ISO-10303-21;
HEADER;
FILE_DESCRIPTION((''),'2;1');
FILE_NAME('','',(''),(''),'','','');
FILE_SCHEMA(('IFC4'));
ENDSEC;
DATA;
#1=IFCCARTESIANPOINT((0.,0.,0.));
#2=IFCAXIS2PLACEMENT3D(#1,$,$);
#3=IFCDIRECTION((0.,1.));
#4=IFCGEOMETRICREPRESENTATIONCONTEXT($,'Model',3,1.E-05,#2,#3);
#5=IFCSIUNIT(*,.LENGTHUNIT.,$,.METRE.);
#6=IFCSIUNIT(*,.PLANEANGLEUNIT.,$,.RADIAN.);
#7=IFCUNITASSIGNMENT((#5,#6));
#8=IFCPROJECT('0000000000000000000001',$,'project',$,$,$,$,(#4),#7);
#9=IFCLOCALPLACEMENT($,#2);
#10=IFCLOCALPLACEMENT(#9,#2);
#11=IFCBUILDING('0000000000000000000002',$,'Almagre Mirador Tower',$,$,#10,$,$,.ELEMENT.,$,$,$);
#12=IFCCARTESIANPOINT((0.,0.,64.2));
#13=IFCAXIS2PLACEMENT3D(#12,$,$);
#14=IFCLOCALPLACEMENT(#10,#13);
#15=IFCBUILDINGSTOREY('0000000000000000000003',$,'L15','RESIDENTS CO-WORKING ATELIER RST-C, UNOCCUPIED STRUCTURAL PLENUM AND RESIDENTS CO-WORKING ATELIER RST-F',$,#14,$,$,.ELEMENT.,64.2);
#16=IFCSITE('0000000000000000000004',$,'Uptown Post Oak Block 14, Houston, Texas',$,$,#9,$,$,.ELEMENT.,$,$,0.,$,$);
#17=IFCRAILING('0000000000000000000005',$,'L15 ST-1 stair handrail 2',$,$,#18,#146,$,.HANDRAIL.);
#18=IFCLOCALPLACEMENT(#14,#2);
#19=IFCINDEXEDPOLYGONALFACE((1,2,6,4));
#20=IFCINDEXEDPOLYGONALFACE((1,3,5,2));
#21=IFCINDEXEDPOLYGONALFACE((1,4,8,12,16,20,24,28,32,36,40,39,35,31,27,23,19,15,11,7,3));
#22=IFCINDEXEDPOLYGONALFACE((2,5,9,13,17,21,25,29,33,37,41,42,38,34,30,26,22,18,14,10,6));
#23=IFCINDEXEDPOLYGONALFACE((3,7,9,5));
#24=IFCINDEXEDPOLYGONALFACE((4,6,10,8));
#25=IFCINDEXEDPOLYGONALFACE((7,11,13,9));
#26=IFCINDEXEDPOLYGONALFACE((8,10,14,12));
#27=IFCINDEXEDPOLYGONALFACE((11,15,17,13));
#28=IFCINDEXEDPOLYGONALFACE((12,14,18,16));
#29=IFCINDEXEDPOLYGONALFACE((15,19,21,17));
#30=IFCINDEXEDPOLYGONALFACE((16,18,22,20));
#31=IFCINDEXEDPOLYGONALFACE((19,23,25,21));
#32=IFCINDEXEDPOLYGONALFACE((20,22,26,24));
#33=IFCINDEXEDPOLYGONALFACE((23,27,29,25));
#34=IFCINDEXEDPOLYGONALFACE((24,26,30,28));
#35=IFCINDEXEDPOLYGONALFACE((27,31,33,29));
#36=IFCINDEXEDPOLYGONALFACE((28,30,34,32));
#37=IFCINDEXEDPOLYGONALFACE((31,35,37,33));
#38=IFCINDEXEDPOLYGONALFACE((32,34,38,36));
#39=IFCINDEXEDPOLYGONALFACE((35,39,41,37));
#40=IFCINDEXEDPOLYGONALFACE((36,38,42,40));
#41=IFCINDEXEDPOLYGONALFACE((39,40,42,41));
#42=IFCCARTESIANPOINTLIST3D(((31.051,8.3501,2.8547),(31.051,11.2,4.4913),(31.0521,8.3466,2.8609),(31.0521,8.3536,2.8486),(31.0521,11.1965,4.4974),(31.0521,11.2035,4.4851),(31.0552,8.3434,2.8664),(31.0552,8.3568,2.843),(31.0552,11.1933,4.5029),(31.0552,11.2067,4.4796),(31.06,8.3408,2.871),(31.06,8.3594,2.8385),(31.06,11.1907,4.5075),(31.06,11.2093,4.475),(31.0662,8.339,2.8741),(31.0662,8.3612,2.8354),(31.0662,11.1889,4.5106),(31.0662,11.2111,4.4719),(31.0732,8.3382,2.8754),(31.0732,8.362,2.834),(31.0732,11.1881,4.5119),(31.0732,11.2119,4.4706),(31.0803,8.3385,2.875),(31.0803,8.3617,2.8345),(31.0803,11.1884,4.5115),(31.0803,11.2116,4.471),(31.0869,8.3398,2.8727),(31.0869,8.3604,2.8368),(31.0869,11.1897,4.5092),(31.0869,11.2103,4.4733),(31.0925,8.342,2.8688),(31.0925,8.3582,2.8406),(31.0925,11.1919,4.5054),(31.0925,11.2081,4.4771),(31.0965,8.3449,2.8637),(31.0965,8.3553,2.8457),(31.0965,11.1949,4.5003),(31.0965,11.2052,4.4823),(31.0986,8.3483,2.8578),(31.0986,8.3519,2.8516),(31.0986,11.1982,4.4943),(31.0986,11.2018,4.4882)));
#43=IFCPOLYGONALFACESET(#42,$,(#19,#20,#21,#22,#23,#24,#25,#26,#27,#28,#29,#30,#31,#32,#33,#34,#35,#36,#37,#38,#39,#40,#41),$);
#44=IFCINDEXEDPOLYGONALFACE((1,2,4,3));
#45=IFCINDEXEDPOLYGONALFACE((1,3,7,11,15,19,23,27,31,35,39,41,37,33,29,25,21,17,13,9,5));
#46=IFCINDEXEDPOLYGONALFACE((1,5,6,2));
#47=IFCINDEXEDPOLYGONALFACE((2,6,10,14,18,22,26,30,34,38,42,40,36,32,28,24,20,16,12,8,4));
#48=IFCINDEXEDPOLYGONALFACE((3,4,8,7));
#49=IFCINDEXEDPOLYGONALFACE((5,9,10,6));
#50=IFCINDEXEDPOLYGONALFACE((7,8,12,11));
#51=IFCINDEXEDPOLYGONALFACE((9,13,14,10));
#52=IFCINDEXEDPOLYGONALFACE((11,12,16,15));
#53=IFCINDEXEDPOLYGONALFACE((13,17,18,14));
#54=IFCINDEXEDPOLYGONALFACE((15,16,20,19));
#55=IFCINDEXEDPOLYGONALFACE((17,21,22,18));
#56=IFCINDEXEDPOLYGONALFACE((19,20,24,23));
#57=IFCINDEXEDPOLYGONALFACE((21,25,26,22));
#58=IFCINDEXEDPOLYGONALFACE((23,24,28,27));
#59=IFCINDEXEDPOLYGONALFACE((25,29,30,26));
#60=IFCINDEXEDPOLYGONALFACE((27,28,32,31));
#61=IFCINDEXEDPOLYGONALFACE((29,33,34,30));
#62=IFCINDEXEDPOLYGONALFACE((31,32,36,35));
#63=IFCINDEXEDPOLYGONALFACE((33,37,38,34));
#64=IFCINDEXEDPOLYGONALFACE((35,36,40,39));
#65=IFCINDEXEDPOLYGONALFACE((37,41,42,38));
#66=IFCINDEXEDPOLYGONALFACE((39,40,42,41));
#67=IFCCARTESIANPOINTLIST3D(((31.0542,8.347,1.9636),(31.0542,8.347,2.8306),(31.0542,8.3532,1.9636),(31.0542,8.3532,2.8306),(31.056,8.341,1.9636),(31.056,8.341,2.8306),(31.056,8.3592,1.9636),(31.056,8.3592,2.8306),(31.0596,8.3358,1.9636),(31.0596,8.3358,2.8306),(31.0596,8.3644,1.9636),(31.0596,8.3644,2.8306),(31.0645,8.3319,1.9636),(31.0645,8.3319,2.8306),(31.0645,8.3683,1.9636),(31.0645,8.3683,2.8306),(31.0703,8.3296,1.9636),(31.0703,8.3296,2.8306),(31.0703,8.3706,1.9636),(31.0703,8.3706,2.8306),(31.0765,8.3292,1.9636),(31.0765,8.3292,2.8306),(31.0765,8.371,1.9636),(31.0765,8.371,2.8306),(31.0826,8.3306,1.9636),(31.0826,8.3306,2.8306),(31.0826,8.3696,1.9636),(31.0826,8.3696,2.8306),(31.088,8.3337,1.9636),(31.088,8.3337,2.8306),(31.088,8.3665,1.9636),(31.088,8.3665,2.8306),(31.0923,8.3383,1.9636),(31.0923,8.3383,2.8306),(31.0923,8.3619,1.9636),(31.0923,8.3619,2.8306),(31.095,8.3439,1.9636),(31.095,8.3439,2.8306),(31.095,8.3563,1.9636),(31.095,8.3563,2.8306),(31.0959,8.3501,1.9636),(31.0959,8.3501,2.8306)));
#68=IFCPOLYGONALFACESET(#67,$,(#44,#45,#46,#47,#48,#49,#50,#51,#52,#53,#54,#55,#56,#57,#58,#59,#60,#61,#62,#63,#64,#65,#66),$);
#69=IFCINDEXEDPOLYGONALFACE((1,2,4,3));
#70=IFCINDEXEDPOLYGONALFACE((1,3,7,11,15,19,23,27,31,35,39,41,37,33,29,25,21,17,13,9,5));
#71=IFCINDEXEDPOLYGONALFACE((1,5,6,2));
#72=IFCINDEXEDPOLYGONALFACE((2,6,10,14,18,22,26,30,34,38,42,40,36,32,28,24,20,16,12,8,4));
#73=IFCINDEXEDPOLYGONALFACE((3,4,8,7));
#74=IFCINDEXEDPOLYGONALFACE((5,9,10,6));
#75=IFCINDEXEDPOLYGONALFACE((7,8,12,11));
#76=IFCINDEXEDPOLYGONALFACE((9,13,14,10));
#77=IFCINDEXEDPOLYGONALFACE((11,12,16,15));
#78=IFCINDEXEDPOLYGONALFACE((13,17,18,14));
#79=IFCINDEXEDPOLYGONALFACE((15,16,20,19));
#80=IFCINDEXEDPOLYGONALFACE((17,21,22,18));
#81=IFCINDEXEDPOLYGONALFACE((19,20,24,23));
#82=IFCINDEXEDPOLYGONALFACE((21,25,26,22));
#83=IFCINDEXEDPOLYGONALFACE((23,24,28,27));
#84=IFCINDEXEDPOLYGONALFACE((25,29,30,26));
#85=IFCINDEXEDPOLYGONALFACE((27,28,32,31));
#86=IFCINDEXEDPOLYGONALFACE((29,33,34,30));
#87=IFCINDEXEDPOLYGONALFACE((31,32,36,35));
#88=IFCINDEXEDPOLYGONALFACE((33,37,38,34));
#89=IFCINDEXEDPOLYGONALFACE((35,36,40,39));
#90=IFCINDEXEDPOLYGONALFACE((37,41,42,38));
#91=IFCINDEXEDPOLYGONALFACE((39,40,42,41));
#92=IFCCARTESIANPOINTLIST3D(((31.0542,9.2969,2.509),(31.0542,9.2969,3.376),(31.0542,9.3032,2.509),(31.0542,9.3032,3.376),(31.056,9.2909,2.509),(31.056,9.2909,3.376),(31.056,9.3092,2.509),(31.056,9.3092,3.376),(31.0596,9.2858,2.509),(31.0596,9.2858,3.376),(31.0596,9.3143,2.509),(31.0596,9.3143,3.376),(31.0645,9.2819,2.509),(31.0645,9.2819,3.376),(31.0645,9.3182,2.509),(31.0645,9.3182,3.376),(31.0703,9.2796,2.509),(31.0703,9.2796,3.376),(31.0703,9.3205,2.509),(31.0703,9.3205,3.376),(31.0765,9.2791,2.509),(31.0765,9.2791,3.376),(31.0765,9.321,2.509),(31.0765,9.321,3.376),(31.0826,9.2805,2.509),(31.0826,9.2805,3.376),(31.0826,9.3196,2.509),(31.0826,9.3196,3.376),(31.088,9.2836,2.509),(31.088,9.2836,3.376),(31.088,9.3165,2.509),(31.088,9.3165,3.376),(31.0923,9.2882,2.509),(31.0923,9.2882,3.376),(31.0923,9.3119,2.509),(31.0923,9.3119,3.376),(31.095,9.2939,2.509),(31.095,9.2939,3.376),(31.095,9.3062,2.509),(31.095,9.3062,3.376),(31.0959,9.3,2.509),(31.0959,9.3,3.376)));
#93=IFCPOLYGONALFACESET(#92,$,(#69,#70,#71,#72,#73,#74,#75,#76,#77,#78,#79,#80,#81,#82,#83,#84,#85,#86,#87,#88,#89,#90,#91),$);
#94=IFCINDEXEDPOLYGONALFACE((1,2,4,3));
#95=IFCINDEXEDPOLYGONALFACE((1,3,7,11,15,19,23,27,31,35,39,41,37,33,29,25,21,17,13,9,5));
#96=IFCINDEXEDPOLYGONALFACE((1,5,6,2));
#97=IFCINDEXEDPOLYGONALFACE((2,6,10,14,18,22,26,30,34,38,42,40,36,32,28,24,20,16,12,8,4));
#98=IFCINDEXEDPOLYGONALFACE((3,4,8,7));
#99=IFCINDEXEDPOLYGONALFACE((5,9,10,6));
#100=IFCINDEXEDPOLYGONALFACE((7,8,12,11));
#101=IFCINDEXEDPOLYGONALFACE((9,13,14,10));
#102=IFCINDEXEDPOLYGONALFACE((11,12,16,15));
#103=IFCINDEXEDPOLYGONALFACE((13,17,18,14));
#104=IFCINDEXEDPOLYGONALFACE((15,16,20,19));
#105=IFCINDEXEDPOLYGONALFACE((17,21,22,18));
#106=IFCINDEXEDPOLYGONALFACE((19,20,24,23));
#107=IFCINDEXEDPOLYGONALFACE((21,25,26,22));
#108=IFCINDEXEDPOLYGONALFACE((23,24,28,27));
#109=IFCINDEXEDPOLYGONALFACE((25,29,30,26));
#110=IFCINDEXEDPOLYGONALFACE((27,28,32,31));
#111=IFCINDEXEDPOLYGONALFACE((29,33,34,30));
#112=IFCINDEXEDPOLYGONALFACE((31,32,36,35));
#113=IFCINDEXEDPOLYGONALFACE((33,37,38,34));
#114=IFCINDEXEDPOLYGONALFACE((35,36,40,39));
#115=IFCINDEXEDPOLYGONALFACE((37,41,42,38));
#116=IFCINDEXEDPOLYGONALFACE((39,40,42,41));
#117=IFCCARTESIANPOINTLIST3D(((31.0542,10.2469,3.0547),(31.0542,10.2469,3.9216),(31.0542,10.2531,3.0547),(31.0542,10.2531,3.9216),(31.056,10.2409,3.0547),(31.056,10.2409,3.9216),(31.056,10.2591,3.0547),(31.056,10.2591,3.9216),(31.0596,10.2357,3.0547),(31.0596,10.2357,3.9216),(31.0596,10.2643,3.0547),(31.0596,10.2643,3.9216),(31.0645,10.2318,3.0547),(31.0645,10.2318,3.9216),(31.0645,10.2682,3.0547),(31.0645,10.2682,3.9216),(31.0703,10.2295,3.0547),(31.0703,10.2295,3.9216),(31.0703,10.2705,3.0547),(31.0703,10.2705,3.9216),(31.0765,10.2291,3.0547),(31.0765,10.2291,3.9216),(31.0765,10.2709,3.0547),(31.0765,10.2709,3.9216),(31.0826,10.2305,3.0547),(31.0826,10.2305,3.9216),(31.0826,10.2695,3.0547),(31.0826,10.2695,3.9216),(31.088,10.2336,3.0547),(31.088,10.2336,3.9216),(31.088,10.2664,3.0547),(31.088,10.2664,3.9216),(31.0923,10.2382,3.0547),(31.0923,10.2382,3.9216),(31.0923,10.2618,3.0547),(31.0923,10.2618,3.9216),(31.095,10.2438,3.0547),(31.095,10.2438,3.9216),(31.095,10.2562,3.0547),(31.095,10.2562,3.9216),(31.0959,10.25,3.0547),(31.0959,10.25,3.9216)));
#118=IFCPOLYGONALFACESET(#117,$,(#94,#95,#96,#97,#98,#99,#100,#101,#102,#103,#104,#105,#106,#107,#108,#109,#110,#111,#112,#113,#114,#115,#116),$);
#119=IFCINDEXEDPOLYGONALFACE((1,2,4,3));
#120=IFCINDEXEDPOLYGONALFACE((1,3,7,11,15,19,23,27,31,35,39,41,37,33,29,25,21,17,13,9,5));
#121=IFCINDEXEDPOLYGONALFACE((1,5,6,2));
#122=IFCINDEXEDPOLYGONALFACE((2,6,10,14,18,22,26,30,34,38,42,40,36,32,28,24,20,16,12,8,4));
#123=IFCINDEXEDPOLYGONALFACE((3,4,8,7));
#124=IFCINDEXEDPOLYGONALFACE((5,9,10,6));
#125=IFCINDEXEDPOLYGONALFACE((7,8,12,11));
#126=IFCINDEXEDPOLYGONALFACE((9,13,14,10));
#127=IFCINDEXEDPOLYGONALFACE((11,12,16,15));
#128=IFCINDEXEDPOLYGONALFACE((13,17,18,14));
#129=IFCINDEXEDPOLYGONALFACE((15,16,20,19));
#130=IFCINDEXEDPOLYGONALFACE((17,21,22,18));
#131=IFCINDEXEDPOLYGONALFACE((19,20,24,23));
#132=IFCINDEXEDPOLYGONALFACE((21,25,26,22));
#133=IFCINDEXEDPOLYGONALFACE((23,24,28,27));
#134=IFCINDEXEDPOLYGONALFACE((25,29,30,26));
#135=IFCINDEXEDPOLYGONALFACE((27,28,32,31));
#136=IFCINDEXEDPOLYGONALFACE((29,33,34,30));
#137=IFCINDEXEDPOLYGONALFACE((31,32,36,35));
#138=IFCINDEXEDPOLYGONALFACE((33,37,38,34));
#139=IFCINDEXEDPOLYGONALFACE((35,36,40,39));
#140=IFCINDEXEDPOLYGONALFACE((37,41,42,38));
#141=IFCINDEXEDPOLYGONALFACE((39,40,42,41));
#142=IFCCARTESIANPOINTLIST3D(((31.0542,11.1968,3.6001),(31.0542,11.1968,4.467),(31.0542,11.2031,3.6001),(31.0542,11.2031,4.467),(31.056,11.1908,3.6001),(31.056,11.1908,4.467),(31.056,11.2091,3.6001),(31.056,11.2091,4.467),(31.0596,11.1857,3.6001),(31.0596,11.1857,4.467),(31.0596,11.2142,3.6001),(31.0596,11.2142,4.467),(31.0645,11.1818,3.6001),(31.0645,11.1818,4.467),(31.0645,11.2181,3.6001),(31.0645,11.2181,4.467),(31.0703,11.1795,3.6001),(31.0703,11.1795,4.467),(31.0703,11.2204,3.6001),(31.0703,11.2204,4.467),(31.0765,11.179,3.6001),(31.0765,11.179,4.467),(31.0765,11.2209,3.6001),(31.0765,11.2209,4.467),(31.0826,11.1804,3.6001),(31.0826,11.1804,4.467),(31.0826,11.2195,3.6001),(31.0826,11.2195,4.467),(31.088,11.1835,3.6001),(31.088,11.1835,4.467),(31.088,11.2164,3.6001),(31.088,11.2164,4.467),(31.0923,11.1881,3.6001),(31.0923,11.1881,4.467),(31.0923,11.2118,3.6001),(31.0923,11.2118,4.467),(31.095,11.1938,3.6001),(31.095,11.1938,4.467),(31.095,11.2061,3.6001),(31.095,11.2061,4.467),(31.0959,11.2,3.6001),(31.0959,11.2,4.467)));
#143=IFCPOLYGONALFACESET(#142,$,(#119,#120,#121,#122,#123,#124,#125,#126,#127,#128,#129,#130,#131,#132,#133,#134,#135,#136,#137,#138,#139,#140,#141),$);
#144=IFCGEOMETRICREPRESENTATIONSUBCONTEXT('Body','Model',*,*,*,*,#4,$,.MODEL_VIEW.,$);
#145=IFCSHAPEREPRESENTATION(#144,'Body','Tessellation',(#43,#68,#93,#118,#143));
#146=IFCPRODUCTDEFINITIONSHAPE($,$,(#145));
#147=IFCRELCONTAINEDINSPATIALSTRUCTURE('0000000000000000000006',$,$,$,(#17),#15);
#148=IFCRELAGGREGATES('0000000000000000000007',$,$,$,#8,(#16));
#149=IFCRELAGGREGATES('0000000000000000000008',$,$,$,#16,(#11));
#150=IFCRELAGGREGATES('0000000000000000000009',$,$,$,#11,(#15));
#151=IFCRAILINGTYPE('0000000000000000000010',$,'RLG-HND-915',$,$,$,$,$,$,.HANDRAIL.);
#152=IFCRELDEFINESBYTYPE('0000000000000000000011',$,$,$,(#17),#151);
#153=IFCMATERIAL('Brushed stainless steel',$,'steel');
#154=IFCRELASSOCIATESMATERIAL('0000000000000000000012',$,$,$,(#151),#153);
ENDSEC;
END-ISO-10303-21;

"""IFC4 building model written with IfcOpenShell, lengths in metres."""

from ifc_helpers import new_model, si_unit, direction, frame, origin, origin_2d, place, context, subcontext, project, spatial, circle, extrude, material, type_object, element, save


model = new_model("IFC4")

# Units and contexts
model_context = context("Model", 3, precision=1e-05, world=origin(), true_north=direction((0.0, 1.0)))
body_context = subcontext(model_context, "Body", "Model", "MODEL_VIEW")
ifc_project = project(units=[si_unit("LENGTHUNIT", "METRE"), si_unit("PLANEANGLEUNIT", "RADIAN")], contexts=[model_context])

# Site, building, storey
site_placement = place(None, origin())
site = spatial("IfcSite", under=ifc_project, at=site_placement, Name="Uptown Post Oak Block 14, Houston, Texas", CompositionType="ELEMENT", RefElevation=0.0)
building_placement = place(site_placement, origin())
building = spatial("IfcBuilding", under=site, at=building_placement, Name="Almagre Mirador Tower", CompositionType="ELEMENT")
storey_placement = place(building_placement, frame((0.0, 0.0, 64.2)))
storey = spatial("IfcBuildingStorey", under=building, at=storey_placement, Name="L15", Description="RESIDENTS CO-WORKING ATELIER RST-C, UNOCCUPIED STRUCTURAL PLENUM AND RESIDENTS CO-WORKING ATELIER RST-F", CompositionType="ELEMENT", Elevation=64.2)

# Railing
ifc_material_1 = material(Name="Brushed stainless steel", Category="steel")
railing_type_1 = type_object("IfcRailingType", Name="RLG-HND-915", PredefinedType="HANDRAIL", material=ifc_material_1)
railing_1_placement = place(storey_placement, frame((31.075, 8.3501, 1.9636)))
element("IfcRailing", 1, at=railing_1_placement, inside=storey, type_object=railing_type_1, Name="L15 ST-1 stair handrail 2", PredefinedType="HANDRAIL", context=body_context, shape_type="SweptSolid", body=[
    extrude(circle(Radius=0.0239, at=origin_2d()), frame((0.0, 0.0, 0.8911), z_axis=(0.0, 0.867194, 0.49797), x_axis=(-1.0, 0.0, 0.0)), (0.0, 0.0, 1.0), 3.2864),
    extrude(circle(Radius=0.021, at=origin_2d()), origin(), (0.0, 0.0, 1.0), 0.8669),
    extrude(circle(Radius=0.021, at=origin_2d()), frame((0.0, 0.95, 0.5454)), (0.0, 0.0, 1.0), 0.8669),
    extrude(circle(Radius=0.021, at=origin_2d()), frame((0.0, 1.8999, 1.0911)), (0.0, 0.0, 1.0), 0.8669),
    extrude(circle(Radius=0.021, at=origin_2d()), frame((0.0, 2.8499, 1.6365)), (0.0, 0.0, 1.0), 0.8669),
])

save(model, "model.ifc")
